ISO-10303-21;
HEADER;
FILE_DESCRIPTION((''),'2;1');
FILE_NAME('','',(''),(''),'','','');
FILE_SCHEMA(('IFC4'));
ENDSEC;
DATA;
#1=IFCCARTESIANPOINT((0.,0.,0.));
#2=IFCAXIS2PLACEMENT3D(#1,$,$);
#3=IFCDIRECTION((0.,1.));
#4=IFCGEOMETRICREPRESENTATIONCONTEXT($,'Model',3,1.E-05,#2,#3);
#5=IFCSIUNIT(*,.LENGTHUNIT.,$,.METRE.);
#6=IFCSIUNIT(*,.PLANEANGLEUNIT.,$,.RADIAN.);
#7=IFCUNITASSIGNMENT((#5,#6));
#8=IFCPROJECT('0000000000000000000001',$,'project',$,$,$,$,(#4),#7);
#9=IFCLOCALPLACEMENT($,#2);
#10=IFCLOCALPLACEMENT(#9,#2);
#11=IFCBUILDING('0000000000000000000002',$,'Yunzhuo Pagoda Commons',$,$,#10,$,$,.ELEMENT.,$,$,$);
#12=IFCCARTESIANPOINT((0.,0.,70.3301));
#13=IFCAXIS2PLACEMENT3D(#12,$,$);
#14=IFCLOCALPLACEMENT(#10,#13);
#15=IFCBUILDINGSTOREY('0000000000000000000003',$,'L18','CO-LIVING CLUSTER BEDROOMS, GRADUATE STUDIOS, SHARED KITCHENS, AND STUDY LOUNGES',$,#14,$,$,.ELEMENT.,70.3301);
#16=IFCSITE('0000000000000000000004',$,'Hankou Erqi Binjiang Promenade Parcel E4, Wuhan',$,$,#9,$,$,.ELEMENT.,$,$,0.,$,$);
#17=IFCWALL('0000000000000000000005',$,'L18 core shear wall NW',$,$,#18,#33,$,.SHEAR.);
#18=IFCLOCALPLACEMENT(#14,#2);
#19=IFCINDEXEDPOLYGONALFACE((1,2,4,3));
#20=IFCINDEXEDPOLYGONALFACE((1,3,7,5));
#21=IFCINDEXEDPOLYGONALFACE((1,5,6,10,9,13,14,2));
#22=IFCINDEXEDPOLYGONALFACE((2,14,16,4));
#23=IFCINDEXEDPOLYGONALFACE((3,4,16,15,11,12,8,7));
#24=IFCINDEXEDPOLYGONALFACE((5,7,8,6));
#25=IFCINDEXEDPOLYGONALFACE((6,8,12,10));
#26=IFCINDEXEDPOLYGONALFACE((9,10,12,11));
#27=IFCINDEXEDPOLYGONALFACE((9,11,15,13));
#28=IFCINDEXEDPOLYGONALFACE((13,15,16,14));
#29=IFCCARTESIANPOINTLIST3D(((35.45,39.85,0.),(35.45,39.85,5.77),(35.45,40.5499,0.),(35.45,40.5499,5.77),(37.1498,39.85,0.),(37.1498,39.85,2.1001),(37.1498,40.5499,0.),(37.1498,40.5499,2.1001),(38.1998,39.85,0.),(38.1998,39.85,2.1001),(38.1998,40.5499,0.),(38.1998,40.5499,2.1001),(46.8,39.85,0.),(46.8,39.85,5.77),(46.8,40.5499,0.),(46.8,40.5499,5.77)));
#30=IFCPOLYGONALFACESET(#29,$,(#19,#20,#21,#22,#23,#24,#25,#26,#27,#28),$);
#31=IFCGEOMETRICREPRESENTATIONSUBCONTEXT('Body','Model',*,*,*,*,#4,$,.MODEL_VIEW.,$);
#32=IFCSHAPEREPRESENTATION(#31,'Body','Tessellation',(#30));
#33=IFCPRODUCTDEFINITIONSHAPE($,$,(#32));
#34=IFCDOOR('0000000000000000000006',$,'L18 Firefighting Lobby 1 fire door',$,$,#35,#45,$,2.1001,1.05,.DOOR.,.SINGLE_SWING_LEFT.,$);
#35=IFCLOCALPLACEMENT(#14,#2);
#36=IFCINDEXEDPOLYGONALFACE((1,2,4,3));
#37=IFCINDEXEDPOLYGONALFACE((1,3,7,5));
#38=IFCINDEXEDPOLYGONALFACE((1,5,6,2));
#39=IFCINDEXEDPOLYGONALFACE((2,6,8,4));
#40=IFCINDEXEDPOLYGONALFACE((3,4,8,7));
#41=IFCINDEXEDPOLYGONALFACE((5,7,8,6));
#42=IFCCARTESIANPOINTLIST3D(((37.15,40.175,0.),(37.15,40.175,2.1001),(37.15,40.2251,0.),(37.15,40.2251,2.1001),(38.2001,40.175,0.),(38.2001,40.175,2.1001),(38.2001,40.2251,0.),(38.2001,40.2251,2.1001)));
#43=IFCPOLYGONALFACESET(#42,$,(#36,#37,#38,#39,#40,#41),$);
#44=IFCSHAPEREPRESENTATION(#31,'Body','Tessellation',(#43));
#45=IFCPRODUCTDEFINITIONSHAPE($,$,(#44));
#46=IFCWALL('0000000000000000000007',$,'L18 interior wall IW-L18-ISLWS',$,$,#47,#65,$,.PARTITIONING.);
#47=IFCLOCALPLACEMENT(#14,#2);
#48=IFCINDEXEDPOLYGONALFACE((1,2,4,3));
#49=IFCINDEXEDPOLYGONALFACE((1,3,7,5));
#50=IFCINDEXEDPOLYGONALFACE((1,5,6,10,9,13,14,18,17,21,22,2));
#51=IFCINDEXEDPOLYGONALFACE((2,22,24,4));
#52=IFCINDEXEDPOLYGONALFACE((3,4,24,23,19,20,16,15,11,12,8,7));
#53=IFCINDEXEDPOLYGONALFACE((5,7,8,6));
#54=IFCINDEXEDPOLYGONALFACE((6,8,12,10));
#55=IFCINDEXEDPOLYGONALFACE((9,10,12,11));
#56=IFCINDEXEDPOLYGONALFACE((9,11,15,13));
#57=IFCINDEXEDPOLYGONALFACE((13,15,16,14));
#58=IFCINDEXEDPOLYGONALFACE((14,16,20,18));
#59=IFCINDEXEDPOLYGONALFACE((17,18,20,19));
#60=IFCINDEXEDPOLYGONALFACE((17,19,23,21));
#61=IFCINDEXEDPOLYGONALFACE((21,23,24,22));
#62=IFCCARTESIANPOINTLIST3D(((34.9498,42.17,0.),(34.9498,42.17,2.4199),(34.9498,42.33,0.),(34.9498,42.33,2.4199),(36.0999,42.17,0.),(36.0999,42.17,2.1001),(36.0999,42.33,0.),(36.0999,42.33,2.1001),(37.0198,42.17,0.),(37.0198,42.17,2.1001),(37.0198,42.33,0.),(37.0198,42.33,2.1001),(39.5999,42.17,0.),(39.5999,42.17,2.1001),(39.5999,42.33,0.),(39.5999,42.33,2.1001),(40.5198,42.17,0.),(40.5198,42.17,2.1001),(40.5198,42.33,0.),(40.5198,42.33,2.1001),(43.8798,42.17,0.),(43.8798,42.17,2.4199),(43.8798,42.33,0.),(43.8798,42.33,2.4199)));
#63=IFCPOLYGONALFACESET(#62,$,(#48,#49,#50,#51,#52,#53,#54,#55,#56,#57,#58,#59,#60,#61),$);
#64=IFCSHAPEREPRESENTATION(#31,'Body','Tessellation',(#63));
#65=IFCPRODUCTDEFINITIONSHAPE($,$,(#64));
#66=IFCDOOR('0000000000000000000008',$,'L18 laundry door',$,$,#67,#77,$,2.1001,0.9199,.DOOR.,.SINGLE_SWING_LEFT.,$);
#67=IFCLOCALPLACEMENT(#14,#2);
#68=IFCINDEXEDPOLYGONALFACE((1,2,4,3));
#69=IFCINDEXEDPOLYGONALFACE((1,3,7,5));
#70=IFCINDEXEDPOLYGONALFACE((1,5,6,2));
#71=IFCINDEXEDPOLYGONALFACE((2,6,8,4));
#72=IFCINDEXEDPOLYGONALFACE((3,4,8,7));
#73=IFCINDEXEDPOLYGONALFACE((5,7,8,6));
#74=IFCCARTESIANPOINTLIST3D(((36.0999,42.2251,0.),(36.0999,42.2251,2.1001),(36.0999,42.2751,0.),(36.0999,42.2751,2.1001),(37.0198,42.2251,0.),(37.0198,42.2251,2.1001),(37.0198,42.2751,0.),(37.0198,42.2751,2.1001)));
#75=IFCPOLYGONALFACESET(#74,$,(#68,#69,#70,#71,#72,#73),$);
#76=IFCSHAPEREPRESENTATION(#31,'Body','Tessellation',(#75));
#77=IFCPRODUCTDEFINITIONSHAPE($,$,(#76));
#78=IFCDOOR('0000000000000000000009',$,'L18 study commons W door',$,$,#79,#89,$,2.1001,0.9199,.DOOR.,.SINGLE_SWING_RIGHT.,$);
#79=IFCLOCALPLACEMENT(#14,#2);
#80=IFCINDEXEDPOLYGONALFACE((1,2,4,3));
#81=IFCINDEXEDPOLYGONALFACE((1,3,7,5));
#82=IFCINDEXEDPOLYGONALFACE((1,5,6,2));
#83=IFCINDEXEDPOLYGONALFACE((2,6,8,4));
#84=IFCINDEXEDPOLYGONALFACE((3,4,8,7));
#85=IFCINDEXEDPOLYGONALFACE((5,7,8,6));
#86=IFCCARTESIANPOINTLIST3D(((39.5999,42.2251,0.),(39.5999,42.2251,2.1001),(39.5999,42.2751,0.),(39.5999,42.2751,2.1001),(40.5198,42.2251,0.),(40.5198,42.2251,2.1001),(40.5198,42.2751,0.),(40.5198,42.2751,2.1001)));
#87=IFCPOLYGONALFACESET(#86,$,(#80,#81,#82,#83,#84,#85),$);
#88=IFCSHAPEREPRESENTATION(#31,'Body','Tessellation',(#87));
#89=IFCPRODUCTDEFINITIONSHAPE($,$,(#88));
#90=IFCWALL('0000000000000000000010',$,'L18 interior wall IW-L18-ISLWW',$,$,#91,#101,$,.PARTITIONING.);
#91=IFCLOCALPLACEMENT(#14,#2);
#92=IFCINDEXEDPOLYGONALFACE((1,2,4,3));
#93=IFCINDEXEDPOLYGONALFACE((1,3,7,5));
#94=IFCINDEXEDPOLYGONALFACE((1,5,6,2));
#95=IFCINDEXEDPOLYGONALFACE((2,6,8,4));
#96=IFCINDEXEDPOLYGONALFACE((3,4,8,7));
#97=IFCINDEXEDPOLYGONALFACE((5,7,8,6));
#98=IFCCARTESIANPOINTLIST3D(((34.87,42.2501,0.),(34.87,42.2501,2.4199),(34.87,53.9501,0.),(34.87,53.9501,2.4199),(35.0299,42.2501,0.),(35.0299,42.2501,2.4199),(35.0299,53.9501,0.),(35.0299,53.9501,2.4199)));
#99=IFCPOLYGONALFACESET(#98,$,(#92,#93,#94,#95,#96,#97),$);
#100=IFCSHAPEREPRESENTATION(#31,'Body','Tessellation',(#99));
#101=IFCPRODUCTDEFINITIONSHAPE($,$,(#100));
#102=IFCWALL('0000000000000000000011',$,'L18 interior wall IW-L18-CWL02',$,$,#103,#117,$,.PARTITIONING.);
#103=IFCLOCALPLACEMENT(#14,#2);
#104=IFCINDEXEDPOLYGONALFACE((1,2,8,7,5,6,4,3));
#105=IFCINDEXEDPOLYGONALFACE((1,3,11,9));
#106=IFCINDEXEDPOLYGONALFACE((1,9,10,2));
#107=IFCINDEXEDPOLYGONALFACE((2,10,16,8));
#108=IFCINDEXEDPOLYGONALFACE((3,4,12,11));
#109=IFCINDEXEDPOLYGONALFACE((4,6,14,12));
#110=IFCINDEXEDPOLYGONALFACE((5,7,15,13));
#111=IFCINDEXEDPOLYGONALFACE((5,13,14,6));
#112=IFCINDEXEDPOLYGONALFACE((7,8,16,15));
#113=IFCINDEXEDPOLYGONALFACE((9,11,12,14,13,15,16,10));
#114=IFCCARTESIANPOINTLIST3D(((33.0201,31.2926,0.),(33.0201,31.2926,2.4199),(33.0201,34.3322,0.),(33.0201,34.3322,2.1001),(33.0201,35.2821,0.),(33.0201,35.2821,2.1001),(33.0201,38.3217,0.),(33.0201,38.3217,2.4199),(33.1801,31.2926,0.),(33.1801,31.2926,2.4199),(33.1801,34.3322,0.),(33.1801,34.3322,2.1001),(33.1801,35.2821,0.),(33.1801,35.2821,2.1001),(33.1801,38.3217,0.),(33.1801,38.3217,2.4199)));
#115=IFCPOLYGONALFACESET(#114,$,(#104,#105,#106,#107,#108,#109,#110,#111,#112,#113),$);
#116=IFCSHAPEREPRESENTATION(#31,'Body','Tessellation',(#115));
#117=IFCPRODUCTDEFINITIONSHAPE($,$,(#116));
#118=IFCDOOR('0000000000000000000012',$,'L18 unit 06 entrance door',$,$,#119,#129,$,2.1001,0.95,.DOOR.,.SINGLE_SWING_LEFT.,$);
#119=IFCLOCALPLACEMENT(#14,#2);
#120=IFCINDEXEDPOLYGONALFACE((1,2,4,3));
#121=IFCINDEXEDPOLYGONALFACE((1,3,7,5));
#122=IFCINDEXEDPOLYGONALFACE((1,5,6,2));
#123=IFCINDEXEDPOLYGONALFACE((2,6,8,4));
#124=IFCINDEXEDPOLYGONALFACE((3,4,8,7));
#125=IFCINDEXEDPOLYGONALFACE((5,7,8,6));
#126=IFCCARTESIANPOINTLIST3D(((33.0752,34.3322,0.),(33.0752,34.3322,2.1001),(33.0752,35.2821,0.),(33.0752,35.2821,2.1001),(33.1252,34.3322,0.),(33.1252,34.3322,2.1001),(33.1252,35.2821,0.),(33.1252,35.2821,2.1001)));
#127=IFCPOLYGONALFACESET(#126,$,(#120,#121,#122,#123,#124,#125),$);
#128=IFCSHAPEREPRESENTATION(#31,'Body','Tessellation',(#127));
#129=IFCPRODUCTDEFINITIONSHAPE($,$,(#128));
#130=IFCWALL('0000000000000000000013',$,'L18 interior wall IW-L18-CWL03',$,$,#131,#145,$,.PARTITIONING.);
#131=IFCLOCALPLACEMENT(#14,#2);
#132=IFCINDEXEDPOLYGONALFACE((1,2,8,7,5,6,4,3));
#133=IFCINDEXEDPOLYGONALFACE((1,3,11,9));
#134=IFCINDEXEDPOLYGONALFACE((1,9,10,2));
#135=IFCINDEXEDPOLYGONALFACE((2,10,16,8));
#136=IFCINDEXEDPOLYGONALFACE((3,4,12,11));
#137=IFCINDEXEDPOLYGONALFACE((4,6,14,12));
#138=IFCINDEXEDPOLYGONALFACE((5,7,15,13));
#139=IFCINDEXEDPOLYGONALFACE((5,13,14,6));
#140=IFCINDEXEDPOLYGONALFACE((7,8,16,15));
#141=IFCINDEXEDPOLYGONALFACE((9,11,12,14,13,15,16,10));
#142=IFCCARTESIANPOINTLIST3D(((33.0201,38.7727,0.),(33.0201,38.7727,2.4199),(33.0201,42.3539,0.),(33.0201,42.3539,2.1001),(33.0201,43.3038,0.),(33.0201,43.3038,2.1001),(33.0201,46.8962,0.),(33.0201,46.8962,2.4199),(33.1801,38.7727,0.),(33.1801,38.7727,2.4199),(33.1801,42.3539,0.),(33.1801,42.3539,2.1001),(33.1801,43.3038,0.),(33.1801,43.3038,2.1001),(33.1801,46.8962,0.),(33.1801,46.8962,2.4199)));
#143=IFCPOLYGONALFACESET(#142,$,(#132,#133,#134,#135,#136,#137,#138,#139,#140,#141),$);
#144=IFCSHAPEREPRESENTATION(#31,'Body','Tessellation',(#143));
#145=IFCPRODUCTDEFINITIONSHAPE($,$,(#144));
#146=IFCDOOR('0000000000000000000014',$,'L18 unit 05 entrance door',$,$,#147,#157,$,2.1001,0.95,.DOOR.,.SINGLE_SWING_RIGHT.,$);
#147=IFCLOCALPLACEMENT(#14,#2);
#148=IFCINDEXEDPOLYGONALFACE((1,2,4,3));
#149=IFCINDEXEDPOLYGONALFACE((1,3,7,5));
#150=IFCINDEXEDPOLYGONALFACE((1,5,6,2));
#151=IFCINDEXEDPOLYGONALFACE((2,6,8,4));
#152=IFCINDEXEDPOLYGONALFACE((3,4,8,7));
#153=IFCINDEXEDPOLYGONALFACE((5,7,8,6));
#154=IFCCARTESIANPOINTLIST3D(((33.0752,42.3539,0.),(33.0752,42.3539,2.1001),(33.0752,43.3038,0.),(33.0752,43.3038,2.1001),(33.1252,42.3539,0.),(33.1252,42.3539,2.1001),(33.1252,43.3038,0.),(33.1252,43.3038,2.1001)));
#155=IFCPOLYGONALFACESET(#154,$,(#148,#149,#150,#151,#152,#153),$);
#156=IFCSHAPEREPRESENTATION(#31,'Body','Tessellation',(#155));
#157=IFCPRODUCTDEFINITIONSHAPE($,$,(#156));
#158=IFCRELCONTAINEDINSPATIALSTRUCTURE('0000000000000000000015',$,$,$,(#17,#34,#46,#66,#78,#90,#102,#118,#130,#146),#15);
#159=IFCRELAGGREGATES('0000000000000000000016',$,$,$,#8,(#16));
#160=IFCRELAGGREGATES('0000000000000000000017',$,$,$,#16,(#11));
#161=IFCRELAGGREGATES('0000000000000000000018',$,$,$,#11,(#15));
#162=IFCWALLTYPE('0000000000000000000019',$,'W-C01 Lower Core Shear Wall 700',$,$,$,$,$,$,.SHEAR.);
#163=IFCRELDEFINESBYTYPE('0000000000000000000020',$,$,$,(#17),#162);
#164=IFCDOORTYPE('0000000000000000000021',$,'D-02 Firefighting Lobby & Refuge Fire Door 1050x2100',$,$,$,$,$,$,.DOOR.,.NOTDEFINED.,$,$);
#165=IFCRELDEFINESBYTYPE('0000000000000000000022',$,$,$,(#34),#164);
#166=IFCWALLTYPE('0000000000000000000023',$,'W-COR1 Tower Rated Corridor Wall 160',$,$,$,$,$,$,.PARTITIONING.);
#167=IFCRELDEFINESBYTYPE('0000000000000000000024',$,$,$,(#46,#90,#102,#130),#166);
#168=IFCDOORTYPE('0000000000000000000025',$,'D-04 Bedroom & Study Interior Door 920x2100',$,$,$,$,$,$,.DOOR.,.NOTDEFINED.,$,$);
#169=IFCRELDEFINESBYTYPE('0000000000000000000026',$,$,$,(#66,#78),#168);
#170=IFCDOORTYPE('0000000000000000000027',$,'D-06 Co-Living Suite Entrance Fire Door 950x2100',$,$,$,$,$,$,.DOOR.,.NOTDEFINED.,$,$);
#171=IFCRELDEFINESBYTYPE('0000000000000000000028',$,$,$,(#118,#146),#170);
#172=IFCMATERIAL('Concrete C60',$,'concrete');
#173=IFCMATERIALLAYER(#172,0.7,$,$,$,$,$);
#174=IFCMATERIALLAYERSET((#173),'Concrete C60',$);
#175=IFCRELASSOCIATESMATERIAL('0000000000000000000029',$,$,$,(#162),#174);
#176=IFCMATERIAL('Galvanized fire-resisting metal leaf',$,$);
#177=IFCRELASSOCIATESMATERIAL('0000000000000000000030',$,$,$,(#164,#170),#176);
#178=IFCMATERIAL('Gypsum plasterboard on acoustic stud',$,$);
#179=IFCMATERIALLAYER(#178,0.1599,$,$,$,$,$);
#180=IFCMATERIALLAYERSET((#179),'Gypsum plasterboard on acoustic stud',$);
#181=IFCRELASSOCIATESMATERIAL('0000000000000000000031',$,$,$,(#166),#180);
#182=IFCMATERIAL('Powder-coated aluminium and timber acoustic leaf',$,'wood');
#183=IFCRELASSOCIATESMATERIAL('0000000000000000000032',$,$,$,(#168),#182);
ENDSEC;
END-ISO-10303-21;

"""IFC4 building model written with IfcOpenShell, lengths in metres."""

from ifc_helpers import new_model, si_unit, direction, frame, frame_2d, origin, origin_with_axes, place, context, subcontext, project, spatial, rectangle, extrude, source, transform, mapped, material, layer, layer_set, type_object, element, fill, save


model = new_model("IFC4")

# Units and contexts
model_context = context("Model", 3, precision=1e-05, world=origin(), true_north=direction((0.0, 1.0)))
body_context = subcontext(model_context, "Body", "Model", "MODEL_VIEW")
ifc_project = project(units=[si_unit("LENGTHUNIT", "METRE"), si_unit("PLANEANGLEUNIT", "RADIAN")], contexts=[model_context])

# Site, building, storey
site_placement = place(None, origin())
site = spatial("IfcSite", under=ifc_project, at=site_placement, Name="Hankou Erqi Binjiang Promenade Parcel E4, Wuhan", CompositionType="ELEMENT", RefElevation=0.0)
building_placement = place(site_placement, origin())
building = spatial("IfcBuilding", under=site, at=building_placement, Name="Yunzhuo Pagoda Commons", CompositionType="ELEMENT")
storey_placement = place(building_placement, frame((0.0, 0.0, 70.3301)))
storey = spatial("IfcBuildingStorey", under=building, at=storey_placement, Name="L18", Description="CO-LIVING CLUSTER BEDROOMS, GRADUATE STUDIOS, SHARED KITCHENS, AND STUDY LOUNGES", CompositionType="ELEMENT", Elevation=70.3301)

# Wall, opening, door
ifc_material_1 = material(Name="Concrete C60", Category="concrete")
ifc_layer_1 = layer(ifc_material_1, 0.7)
ifc_layer_set_1 = layer_set([ifc_layer_1], Name="Concrete C60")
wall_type_1 = type_object("IfcWallType", Name="W-C01 Lower Core Shear Wall 700", PredefinedType="SHEAR", material=ifc_layer_set_1)
wall_1_placement = place(storey_placement, frame((35.45, 40.2, 0.0), z_axis=(0.0, 0.0, 1.0), x_axis=(1.0, 0.0, 0.0)))
wall_1 = element("IfcWall", 1, at=wall_1_placement, inside=storey, type_object=wall_type_1, Name="L18 core shear wall NW", PredefinedType="SHEAR", context=body_context, shape_type="SweptSolid", body=[
    extrude(rectangle(XDim=11.3501, YDim=0.7, at=frame_2d((5.675, 0.0))), origin(), (0.0, 0.0, 1.0), 5.77),
])
opening_1_placement = place(wall_1_placement, frame((1.7, 0.0, 0.0)))
opening_1 = element("IfcOpeningElement", 2, at=opening_1_placement, cuts=wall_1, PredefinedType="OPENING", context=body_context, shape_type="SweptSolid", body=[
    extrude(rectangle(XDim=1.05, YDim=2.1001, at=frame_2d((0.5249, 1.05))), frame((0.0, 0.3599, 0.0), z_axis=(0.0, -1.0, 0.0), x_axis=(1.0, 0.0, 0.0)), (0.0, 0.0, 1.0), 0.72),
])
ifc_material_2 = material(Name="Galvanized fire-resisting metal leaf")
door_type_1 = type_object("IfcDoorType", Name="D-02 Firefighting Lobby & Refuge Fire Door 1050x2100", OperationType="NOTDEFINED", PredefinedType="DOOR", material=ifc_material_2)
shared_shape_1 = source(origin(), body_context, "Body", "SweptSolid", [
    extrude(rectangle(XDim=1.05, YDim=2.1001, at=frame_2d((0.5249, 1.05))), frame((0.0, 0.0249, 0.0), z_axis=(0.0, -1.0, 0.0), x_axis=(1.0, 0.0, 0.0)), (0.0, 0.0, 1.0), 0.05),
])
door_1_placement = place(opening_1_placement, frame((1.05, 0.0, 0.0), z_axis=(0.0, 0.0, 1.0), x_axis=(-1.0, 0.0, 0.0)))
door_1 = element("IfcDoor", 3, at=door_1_placement, inside=storey, type_object=door_type_1, Name="L18 Firefighting Lobby 1 fire door", OperationType="SINGLE_SWING_LEFT", OverallHeight=2.1001, OverallWidth=1.05, PredefinedType="DOOR", context=body_context, shape_type="MappedRepresentation", body=[
    mapped(shared_shape_1, transform((0.0, 0.0, 0.0), scale=1.0)),
])
fill(opening_1, door_1)

# Wall, openings, doors
ifc_material_3 = material(Name="Gypsum plasterboard on acoustic stud")
ifc_layer_2 = layer(ifc_material_3, 0.1599)
ifc_layer_set_2 = layer_set([ifc_layer_2], Name="Gypsum plasterboard on acoustic stud")
wall_type_2 = type_object("IfcWallType", Name="W-COR1 Tower Rated Corridor Wall 160", PredefinedType="PARTITIONING", material=ifc_layer_set_2)
wall_2_placement = place(storey_placement, frame((34.95, 42.25, 0.0), z_axis=(0.0, 0.0, 1.0), x_axis=(1.0, 0.0, 0.0)))
wall_2 = element("IfcWall", 4, at=wall_2_placement, inside=storey, type_object=wall_type_2, Name="L18 interior wall IW-L18-ISLWS", PredefinedType="PARTITIONING", context=body_context, shape_type="SweptSolid", body=[
    extrude(rectangle(XDim=8.9299, YDim=0.1599, at=frame_2d((4.4648, 0.0))), origin(), (0.0, 0.0, 1.0), 2.4199),
])
opening_2_placement = place(wall_2_placement, frame((1.1499, 0.0, 0.0)))
opening_2 = element("IfcOpeningElement", 5, at=opening_2_placement, cuts=wall_2, PredefinedType="OPENING", context=body_context, shape_type="SweptSolid", body=[
    extrude(rectangle(XDim=0.9199, YDim=2.1001, at=frame_2d((0.46, 1.05))), frame((0.0, 0.0898, 0.0), z_axis=(0.0, -1.0, 0.0), x_axis=(1.0, 0.0, 0.0)), (0.0, 0.0, 1.0), 0.1799),
])
opening_3_placement = place(wall_2_placement, frame((4.6499, 0.0, 0.0)))
opening_3 = element("IfcOpeningElement", 6, at=opening_3_placement, cuts=wall_2, PredefinedType="OPENING", context=body_context, shape_type="SweptSolid", body=[
    extrude(rectangle(XDim=0.9199, YDim=2.1001, at=frame_2d((0.46, 1.05))), frame((0.0, 0.0898, 0.0), z_axis=(0.0, -1.0, 0.0), x_axis=(1.0, 0.0, 0.0)), (0.0, 0.0, 1.0), 0.1799),
])
ifc_material_4 = material(Name="Powder-coated aluminium and timber acoustic leaf", Category="wood")
door_type_2 = type_object("IfcDoorType", Name="D-04 Bedroom & Study Interior Door 920x2100", OperationType="NOTDEFINED", PredefinedType="DOOR", material=ifc_material_4)
shared_shape_2 = source(origin(), body_context, "Body", "SweptSolid", [
    extrude(rectangle(XDim=0.9199, YDim=2.1001, at=frame_2d((0.46, 1.05))), frame((0.0, 0.0249, 0.0), z_axis=(0.0, -1.0, 0.0), x_axis=(1.0, 0.0, 0.0)), (0.0, 0.0, 1.0), 0.05),
])
door_2_placement = place(opening_2_placement, frame((0.9199, 0.0, 0.0), z_axis=(0.0, 0.0, 1.0), x_axis=(-1.0, 0.0, 0.0)))
door_2 = element("IfcDoor", 7, at=door_2_placement, inside=storey, type_object=door_type_2, Name="L18 laundry door", OperationType="SINGLE_SWING_LEFT", OverallHeight=2.1001, OverallWidth=0.9199, PredefinedType="DOOR", context=body_context, shape_type="MappedRepresentation", body=[
    mapped(shared_shape_2, transform((0.0, 0.0, 0.0), scale=1.0)),
])
fill(opening_2, door_2)
door_3_placement = place(opening_3_placement, frame((0.9199, 0.0, 0.0), z_axis=(0.0, 0.0, 1.0), x_axis=(-1.0, 0.0, 0.0)))
door_3 = element("IfcDoor", 8, at=door_3_placement, inside=storey, type_object=door_type_2, Name="L18 study commons W door", OperationType="SINGLE_SWING_RIGHT", OverallHeight=2.1001, OverallWidth=0.9199, PredefinedType="DOOR", context=body_context, shape_type="MappedRepresentation", body=[
    mapped(shared_shape_2, transform((0.0, 0.0, 0.0), scale=1.0)),
])
fill(opening_3, door_3)

# Wall
wall_3_placement = place(storey_placement, frame((34.95, 42.25, 0.0), z_axis=(0.0, 0.0, 1.0), x_axis=(0.0, 1.0, 0.0)))
element("IfcWall", 9, at=wall_3_placement, inside=storey, type_object=wall_type_2, Name="L18 interior wall IW-L18-ISLWW", PredefinedType="PARTITIONING", context=body_context, shape_type="SweptSolid", body=[
    extrude(rectangle(XDim=11.7, YDim=0.1599, at=frame_2d((5.8501, 0.0))), origin(), (0.0, 0.0, 1.0), 2.4199),
])

# Walls, openings, doors
wall_4_placement = place(storey_placement, frame((33.1001, 31.2925, 0.0), z_axis=(0.0, 0.0, 1.0), x_axis=(0.0, 1.0, 0.0)))
wall_4 = element("IfcWall", 10, at=wall_4_placement, inside=storey, type_object=wall_type_2, Name="L18 interior wall IW-L18-CWL02", PredefinedType="PARTITIONING", context=body_context, shape_type="SweptSolid", body=[
    extrude(rectangle(XDim=7.0291, YDim=0.1599, at=frame_2d((3.5146, 0.0))), origin(), (0.0, 0.0, 1.0), 2.4199),
])
opening_4_placement = place(wall_4_placement, frame((3.0396, 0.0, 0.0)))
opening_4 = element("IfcOpeningElement", 11, at=opening_4_placement, cuts=wall_4, PredefinedType="OPENING", context=body_context, shape_type="SweptSolid", body=[
    extrude(rectangle(XDim=0.95, YDim=2.1001, at=frame_2d((0.4751, 1.05))), frame((0.0, 0.0898, 0.0), z_axis=(0.0, -1.0, 0.0), x_axis=(1.0, 0.0, 0.0)), (0.0, 0.0, 1.0), 0.1799),
])
door_type_3 = type_object("IfcDoorType", Name="D-06 Co-Living Suite Entrance Fire Door 950x2100", OperationType="NOTDEFINED", PredefinedType="DOOR", material=ifc_material_2)
shared_shape_3 = source(origin(), body_context, "Body", "SweptSolid", [
    extrude(rectangle(XDim=0.95, YDim=2.1001, at=frame_2d((0.4751, 1.05))), frame((0.0, 0.0249, 0.0), z_axis=(0.0, -1.0, 0.0), x_axis=(1.0, 0.0, 0.0)), (0.0, 0.0, 1.0), 0.05),
])
door_4_placement = place(opening_4_placement, origin_with_axes())
door_4 = element("IfcDoor", 12, at=door_4_placement, inside=storey, type_object=door_type_3, Name="L18 unit 06 entrance door", OperationType="SINGLE_SWING_LEFT", OverallHeight=2.1001, OverallWidth=0.95, PredefinedType="DOOR", context=body_context, shape_type="MappedRepresentation", body=[
    mapped(shared_shape_3, transform((0.0, 0.0, 0.0), scale=1.0)),
])
fill(opening_4, door_4)
wall_5_placement = place(storey_placement, frame((33.1001, 38.7727, 0.0), z_axis=(0.0, 0.0, 1.0), x_axis=(0.0, 1.0, 0.0)))
wall_5 = element("IfcWall", 13, at=wall_5_placement, inside=storey, type_object=wall_type_2, Name="L18 interior wall IW-L18-CWL03", PredefinedType="PARTITIONING", context=body_context, shape_type="SweptSolid", body=[
    extrude(rectangle(XDim=8.1235, YDim=0.1599, at=frame_2d((4.0618, 0.0))), origin(), (0.0, 0.0, 1.0), 2.4199),
])
opening_5_placement = place(wall_5_placement, frame((3.5811, 0.0, 0.0)))
opening_5 = element("IfcOpeningElement", 14, at=opening_5_placement, cuts=wall_5, PredefinedType="OPENING", context=body_context, shape_type="SweptSolid", body=[
    extrude(rectangle(XDim=0.95, YDim=2.1001, at=frame_2d((0.4751, 1.05))), frame((0.0, 0.0898, 0.0), z_axis=(0.0, -1.0, 0.0), x_axis=(1.0, 0.0, 0.0)), (0.0, 0.0, 1.0), 0.1799),
])
door_5_placement = place(opening_5_placement, origin_with_axes())
door_5 = element("IfcDoor", 15, at=door_5_placement, inside=storey, type_object=door_type_3, Name="L18 unit 05 entrance door", OperationType="SINGLE_SWING_RIGHT", OverallHeight=2.1001, OverallWidth=0.95, PredefinedType="DOOR", context=body_context, shape_type="MappedRepresentation", body=[
    mapped(shared_shape_3, transform((0.0, 0.0, 0.0), scale=1.0)),
])
fill(opening_5, door_5)

save(model, "model.ifc")
